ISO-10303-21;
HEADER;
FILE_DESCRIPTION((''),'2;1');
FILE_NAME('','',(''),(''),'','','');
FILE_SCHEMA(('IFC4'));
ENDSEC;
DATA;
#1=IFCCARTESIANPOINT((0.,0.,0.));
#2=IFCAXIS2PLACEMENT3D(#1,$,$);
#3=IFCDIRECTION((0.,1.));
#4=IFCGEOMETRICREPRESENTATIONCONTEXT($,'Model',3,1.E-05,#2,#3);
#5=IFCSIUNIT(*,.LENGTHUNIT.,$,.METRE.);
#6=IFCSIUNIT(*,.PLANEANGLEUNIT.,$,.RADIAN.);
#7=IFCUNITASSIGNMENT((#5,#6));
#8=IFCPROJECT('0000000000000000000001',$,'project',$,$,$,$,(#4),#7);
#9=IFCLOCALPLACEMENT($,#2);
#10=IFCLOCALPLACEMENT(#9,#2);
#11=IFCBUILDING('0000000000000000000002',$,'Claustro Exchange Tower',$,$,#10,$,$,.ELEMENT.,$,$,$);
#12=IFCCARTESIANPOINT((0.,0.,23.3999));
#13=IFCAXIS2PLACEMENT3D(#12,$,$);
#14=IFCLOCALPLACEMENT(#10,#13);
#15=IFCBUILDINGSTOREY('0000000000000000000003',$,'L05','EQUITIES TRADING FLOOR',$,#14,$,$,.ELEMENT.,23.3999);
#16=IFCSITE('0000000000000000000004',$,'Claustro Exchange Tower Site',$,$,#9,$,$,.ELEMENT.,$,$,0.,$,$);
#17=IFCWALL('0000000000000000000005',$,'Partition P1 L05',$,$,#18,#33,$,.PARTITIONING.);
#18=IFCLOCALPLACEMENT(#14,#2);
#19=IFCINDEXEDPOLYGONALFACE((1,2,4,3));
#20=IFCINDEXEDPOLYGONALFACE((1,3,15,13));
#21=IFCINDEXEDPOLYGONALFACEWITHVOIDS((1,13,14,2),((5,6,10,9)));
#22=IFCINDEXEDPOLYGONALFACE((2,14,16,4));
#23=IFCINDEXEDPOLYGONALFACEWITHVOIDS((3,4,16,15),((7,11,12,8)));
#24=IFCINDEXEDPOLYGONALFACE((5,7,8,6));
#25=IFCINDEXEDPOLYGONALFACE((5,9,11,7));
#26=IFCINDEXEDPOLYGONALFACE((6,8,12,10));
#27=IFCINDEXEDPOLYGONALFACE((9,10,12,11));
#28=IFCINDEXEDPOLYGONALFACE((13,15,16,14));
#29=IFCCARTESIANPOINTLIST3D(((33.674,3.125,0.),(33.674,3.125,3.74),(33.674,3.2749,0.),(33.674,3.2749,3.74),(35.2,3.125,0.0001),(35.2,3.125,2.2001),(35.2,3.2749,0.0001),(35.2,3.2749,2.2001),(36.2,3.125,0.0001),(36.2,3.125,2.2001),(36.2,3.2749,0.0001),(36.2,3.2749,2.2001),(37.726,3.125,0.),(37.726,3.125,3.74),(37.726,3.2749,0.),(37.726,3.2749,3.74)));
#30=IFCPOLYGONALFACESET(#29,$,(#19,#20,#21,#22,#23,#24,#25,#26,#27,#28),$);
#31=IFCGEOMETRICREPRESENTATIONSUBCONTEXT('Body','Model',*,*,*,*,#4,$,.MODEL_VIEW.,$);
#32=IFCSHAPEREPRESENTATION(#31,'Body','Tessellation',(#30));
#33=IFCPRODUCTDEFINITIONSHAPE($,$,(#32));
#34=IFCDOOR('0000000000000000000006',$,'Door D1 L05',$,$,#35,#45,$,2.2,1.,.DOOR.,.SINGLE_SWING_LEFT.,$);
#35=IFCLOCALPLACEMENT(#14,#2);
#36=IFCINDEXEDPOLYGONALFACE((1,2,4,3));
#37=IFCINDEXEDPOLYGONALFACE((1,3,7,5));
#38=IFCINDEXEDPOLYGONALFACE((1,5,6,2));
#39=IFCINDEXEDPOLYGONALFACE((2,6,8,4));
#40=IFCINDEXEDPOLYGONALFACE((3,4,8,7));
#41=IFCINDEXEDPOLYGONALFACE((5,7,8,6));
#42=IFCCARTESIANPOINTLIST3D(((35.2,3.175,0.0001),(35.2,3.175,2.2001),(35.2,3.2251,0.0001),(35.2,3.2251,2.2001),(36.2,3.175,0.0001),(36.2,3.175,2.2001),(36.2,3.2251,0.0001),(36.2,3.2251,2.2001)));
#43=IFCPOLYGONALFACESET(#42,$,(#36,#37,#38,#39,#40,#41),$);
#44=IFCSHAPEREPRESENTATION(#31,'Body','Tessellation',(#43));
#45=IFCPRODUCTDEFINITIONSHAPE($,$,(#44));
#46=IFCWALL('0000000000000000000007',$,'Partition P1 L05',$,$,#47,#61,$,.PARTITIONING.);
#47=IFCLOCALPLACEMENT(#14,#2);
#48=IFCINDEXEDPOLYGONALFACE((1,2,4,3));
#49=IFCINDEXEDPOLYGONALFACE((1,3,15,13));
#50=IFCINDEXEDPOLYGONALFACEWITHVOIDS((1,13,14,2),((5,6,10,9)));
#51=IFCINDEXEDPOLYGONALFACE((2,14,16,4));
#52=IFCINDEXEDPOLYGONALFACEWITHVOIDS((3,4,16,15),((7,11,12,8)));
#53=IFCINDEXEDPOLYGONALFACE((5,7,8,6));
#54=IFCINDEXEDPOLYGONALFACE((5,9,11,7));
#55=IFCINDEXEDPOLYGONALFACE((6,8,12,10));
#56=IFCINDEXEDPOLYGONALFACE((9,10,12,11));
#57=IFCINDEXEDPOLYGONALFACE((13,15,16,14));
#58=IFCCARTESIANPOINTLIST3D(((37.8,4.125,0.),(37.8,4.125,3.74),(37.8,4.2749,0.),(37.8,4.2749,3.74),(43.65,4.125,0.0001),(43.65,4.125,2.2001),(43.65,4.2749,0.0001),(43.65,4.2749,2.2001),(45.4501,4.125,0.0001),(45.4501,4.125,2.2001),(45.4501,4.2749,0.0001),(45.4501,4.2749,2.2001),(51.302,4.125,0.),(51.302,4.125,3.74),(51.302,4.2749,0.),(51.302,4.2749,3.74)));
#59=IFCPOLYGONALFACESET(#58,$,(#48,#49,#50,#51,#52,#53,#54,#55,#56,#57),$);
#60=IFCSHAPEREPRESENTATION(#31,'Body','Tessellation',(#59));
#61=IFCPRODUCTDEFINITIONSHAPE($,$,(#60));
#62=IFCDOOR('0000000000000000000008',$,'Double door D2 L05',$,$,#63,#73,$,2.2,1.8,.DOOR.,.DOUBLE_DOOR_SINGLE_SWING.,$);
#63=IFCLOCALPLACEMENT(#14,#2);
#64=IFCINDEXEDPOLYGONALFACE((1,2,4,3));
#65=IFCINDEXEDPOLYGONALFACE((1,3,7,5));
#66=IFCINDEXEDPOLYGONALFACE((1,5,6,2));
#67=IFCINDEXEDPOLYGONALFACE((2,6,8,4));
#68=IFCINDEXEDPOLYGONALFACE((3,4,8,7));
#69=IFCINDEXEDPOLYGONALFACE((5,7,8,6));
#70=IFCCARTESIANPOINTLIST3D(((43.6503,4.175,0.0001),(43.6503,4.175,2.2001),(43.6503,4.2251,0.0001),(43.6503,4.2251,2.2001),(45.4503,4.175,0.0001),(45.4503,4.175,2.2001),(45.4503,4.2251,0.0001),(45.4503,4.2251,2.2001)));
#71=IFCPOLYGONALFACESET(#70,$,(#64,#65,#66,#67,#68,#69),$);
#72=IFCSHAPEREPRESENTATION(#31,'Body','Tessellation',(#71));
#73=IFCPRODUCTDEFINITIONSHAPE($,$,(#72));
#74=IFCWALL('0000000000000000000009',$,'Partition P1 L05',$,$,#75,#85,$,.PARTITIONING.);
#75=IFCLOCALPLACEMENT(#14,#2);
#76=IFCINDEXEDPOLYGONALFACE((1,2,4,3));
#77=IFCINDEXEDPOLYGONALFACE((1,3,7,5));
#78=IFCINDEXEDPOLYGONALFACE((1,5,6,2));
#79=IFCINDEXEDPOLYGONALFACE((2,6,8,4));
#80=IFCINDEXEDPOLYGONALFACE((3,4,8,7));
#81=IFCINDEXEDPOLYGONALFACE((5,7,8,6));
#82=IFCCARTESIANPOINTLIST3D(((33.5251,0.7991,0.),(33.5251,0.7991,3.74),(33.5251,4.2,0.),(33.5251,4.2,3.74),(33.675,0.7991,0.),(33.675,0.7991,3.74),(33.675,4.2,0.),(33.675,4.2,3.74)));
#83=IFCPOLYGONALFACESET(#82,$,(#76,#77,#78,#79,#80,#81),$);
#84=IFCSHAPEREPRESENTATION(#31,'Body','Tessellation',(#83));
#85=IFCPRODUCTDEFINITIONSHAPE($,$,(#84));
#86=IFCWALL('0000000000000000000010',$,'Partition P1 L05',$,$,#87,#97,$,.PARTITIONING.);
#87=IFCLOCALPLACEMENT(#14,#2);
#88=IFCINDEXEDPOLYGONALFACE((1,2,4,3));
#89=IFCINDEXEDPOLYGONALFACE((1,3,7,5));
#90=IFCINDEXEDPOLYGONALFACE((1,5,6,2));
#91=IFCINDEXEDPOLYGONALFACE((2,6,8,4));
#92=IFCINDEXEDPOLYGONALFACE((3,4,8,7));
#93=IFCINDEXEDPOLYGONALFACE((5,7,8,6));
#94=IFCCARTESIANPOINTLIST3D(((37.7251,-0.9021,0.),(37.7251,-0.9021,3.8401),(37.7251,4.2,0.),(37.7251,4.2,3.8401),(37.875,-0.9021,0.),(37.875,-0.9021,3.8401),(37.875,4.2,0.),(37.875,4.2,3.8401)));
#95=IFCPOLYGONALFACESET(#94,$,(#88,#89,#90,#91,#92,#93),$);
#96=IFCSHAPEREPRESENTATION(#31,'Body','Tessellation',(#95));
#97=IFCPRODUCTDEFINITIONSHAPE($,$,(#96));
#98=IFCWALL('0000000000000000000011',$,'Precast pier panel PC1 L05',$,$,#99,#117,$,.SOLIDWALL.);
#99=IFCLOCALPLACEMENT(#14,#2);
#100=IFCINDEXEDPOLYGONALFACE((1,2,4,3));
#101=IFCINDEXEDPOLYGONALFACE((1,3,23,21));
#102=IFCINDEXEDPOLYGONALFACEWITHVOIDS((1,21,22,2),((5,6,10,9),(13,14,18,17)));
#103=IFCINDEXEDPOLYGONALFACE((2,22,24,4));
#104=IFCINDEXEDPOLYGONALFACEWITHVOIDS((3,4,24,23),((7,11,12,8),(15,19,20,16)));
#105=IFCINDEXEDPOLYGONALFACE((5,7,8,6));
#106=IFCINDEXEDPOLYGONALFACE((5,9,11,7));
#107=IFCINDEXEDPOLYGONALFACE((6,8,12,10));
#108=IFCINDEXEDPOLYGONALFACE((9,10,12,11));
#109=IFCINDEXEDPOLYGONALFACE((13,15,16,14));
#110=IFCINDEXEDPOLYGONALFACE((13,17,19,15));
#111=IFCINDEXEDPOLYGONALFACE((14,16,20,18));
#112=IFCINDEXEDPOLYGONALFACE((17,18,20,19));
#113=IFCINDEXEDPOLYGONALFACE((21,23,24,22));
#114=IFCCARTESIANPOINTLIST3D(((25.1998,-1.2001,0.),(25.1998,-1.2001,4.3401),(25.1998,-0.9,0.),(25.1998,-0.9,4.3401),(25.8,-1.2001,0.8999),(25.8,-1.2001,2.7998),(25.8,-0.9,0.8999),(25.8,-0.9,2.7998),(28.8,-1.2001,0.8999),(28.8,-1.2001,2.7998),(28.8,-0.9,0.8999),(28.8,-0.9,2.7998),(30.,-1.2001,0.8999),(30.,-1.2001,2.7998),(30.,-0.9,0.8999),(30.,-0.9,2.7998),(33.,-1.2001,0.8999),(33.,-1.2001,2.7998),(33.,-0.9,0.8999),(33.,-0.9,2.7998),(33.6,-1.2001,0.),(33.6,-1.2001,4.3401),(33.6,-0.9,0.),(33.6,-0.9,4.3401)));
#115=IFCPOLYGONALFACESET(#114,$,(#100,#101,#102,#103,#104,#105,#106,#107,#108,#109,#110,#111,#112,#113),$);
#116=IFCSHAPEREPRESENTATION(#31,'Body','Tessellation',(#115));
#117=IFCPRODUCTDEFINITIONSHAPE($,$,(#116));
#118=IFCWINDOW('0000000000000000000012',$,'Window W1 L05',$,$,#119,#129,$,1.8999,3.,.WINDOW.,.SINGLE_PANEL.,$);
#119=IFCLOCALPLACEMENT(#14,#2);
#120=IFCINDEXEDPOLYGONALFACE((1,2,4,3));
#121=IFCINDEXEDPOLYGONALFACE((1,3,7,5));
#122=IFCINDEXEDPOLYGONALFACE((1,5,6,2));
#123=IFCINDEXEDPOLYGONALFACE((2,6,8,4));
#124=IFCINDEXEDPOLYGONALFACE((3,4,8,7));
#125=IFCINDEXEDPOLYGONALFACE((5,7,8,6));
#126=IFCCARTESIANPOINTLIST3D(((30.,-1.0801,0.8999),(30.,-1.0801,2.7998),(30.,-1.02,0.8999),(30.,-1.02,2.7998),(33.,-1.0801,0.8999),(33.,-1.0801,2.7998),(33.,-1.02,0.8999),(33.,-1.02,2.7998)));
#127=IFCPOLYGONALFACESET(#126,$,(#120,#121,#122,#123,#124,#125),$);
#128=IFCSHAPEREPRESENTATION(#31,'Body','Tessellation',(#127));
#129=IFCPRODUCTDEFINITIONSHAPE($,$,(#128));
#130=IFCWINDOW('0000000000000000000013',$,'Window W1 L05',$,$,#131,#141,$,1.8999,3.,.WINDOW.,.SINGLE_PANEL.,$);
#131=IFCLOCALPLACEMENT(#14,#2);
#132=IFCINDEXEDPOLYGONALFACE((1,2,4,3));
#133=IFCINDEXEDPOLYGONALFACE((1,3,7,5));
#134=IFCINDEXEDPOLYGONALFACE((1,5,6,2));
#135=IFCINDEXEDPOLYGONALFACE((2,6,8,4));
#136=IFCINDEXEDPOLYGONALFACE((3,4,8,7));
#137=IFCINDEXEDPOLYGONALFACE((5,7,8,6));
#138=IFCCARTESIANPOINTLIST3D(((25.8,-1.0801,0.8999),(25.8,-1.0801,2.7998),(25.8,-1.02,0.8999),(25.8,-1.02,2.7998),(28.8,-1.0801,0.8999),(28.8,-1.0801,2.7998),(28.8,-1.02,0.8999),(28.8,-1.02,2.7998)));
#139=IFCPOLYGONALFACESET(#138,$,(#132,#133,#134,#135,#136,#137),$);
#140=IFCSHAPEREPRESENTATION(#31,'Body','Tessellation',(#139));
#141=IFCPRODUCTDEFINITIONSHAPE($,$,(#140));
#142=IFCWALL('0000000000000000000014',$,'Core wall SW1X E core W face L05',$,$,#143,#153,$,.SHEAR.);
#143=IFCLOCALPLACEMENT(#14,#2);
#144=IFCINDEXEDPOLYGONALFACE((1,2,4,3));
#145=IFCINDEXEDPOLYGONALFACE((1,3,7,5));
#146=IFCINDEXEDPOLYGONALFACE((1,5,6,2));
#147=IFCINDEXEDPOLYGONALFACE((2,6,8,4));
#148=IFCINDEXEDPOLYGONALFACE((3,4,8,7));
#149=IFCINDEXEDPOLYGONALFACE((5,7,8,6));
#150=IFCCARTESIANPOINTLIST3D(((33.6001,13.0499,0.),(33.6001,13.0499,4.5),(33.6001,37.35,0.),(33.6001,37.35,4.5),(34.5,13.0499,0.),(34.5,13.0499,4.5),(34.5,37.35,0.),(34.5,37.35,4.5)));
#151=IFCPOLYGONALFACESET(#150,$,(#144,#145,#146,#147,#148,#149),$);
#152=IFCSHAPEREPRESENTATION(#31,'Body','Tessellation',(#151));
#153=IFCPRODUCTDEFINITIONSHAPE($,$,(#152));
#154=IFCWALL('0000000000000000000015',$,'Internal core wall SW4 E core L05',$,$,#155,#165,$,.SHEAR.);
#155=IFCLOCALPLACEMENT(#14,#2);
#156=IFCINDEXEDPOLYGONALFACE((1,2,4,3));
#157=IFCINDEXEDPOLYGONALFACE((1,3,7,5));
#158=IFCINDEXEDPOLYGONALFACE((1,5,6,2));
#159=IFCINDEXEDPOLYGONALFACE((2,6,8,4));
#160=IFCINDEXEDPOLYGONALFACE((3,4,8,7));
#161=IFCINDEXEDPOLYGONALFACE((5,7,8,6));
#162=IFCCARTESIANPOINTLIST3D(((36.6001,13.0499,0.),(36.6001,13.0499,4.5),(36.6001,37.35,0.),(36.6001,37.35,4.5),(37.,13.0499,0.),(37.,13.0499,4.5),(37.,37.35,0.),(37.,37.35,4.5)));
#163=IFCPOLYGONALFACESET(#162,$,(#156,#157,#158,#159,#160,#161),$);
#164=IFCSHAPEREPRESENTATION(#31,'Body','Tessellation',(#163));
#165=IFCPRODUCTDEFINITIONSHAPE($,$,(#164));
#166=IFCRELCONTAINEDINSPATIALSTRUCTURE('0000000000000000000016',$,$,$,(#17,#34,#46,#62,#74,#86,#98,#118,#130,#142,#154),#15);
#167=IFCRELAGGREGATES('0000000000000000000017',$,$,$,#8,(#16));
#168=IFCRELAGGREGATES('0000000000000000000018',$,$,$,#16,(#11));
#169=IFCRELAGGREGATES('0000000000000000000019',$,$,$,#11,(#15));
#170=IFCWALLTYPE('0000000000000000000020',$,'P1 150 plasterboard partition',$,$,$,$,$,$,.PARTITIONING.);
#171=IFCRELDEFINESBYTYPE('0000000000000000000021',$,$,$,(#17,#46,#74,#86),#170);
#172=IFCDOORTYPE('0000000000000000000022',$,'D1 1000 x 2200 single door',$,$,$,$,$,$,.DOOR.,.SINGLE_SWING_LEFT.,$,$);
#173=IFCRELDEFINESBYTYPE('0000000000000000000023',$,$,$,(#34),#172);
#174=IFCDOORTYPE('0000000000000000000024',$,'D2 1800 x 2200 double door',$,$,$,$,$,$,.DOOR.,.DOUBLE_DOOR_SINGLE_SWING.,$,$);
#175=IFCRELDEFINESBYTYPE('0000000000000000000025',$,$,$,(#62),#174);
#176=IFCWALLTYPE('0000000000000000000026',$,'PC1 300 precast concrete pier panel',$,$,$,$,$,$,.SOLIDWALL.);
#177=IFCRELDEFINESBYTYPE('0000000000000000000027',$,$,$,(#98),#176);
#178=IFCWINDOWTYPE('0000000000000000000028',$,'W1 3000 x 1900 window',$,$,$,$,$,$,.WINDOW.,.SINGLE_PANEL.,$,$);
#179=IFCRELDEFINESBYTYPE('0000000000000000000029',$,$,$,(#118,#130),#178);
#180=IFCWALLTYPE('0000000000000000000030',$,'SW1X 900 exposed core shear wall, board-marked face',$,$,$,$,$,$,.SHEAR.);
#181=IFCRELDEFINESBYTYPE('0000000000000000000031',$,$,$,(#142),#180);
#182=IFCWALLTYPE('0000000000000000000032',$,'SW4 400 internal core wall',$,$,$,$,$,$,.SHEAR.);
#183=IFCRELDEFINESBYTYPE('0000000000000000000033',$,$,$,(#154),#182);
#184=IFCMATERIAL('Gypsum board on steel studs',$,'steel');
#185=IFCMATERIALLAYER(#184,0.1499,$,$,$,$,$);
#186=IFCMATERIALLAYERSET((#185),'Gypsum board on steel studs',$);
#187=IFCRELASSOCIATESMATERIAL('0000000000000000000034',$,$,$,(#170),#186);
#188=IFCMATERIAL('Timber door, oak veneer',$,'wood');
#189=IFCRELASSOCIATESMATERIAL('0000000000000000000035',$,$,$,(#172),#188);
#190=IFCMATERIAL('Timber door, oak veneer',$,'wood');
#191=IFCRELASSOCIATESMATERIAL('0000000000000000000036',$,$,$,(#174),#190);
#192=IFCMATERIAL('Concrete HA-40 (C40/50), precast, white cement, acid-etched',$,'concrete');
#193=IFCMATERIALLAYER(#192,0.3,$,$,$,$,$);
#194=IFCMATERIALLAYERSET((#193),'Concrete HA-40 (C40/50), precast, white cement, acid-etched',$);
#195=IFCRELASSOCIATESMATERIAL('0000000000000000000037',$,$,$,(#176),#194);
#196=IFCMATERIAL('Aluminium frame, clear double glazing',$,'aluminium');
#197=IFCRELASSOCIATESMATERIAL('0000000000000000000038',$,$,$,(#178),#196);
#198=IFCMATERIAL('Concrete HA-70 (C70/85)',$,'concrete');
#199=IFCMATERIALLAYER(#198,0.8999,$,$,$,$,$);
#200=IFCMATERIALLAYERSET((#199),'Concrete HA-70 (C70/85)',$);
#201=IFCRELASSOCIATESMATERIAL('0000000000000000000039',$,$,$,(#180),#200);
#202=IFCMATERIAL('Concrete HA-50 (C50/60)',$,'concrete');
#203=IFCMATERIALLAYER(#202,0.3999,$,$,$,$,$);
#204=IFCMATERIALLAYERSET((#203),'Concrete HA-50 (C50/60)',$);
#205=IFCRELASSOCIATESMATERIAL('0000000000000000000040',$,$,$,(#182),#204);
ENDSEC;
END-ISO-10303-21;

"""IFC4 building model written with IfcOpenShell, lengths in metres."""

from ifc_helpers import new_model, si_unit, direction, frame, frame_2d, origin, place, context, subcontext, project, spatial, rectangle, extrude, material, layer, layer_set, type_object, element, fill, save


model = new_model("IFC4")

# Units and contexts
model_context = context("Model", 3, precision=1e-05, world=origin(), true_north=direction((0.0, 1.0)))
body_context = subcontext(model_context, "Body", "Model", "MODEL_VIEW")
ifc_project = project(units=[si_unit("LENGTHUNIT", "METRE"), si_unit("PLANEANGLEUNIT", "RADIAN")], contexts=[model_context])

# Site, building, storey
site_placement = place(None, origin())
site = spatial("IfcSite", under=ifc_project, at=site_placement, Name="Claustro Exchange Tower Site", CompositionType="ELEMENT", RefElevation=0.0)
building_placement = place(site_placement, origin())
building = spatial("IfcBuilding", under=site, at=building_placement, Name="Claustro Exchange Tower", CompositionType="ELEMENT")
storey_placement = place(building_placement, frame((0.0, 0.0, 23.3999)))
storey = spatial("IfcBuildingStorey", under=building, at=storey_placement, Name="L05", Description="EQUITIES TRADING FLOOR", CompositionType="ELEMENT", Elevation=23.3999)

# Walls, openings, doors
ifc_material_1 = material(Name="Gypsum board on steel studs", Category="steel")
ifc_layer_1 = layer(ifc_material_1, 0.1499)
ifc_layer_set_1 = layer_set([ifc_layer_1], Name="Gypsum board on steel studs")
wall_type_1 = type_object("IfcWallType", Name="P1 150 plasterboard partition", PredefinedType="PARTITIONING", material=ifc_layer_set_1)
wall_1_placement = place(storey_placement, frame((33.6741, 3.2, 0.0), z_axis=(0.0, 0.0, 1.0), x_axis=(1.0, 0.0, 0.0)))
wall_1 = element("IfcWall", 1, at=wall_1_placement, inside=storey, type_object=wall_type_1, Name="Partition P1 L05", PredefinedType="PARTITIONING", context=body_context, shape_type="SweptSolid", body=[
    extrude(rectangle(XDim=4.052, YDim=0.1499, at=frame_2d((2.0259, 0.0))), origin(), (0.0, 0.0, 1.0), 3.74),
])
opening_1_placement = place(wall_1_placement, frame((1.5259, 0.0, 0.0)))
opening_1 = element("IfcOpeningElement", 2, at=opening_1_placement, cuts=wall_1, PredefinedType="OPENING", context=body_context, shape_type="SweptSolid", body=[
    extrude(rectangle(XDim=1.0, YDim=2.2, at=frame_2d((0.5, 1.1001))), frame((0.0, 0.085, 0.0), z_axis=(0.0, -1.0, 0.0), x_axis=(1.0, 0.0, 0.0)), (0.0, 0.0, 1.0), 0.1699),
])
ifc_material_2 = material(Name="Timber door, oak veneer", Category="wood")
door_type_1 = type_object("IfcDoorType", Name="D1 1000 x 2200 single door", OperationType="SINGLE_SWING_LEFT", PredefinedType="DOOR", material=ifc_material_2)
door_1_placement = place(opening_1_placement, frame((1.0, 0.0, 0.0), z_axis=(0.0, 0.0, 1.0), x_axis=(-1.0, 0.0, 0.0)))
door_1 = element("IfcDoor", 3, at=door_1_placement, inside=storey, type_object=door_type_1, Name="Door D1 L05", OperationType="SINGLE_SWING_LEFT", OverallHeight=2.2, OverallWidth=1.0, PredefinedType="DOOR", context=body_context, shape_type="SweptSolid", body=[
    extrude(rectangle(XDim=1.0, YDim=2.2, at=frame_2d((0.5, 1.1001))), frame((0.0, 0.0249, 0.0), z_axis=(0.0, -1.0, 0.0), x_axis=(1.0, 0.0, 0.0)), (0.0, 0.0, 1.0), 0.05),
])
fill(opening_1, door_1)
wall_2_placement = place(storey_placement, frame((37.8, 4.2, 0.0), z_axis=(0.0, 0.0, 1.0), x_axis=(1.0, 0.0, 0.0)))
wall_2 = element("IfcWall", 4, at=wall_2_placement, inside=storey, type_object=wall_type_1, Name="Partition P1 L05", PredefinedType="PARTITIONING", context=body_context, shape_type="SweptSolid", body=[
    extrude(rectangle(XDim=13.502, YDim=0.1499, at=frame_2d((6.751, 0.0))), origin(), (0.0, 0.0, 1.0), 3.74),
])
opening_2_placement = place(wall_2_placement, frame((5.8501, 0.0, 0.0)))
opening_2 = element("IfcOpeningElement", 5, at=opening_2_placement, cuts=wall_2, PredefinedType="OPENING", context=body_context, shape_type="SweptSolid", body=[
    extrude(rectangle(XDim=1.8, YDim=2.2, at=frame_2d((0.8999, 1.1001))), frame((0.0, 0.085, 0.0), z_axis=(0.0, -1.0, 0.0), x_axis=(1.0, 0.0, 0.0)), (0.0, 0.0, 1.0), 0.1699),
])
ifc_material_3 = material(Name="Timber door, oak veneer", Category="wood")
door_type_2 = type_object("IfcDoorType", Name="D2 1800 x 2200 double door", OperationType="DOUBLE_DOOR_SINGLE_SWING", PredefinedType="DOOR", material=ifc_material_3)
door_2_placement = place(opening_2_placement, frame((1.8, 0.0, 0.0), z_axis=(0.0, 0.0, 1.0), x_axis=(-1.0, 0.0, 0.0)))
door_2 = element("IfcDoor", 6, at=door_2_placement, inside=storey, type_object=door_type_2, Name="Double door D2 L05", OperationType="DOUBLE_DOOR_SINGLE_SWING", OverallHeight=2.2, OverallWidth=1.8, PredefinedType="DOOR", context=body_context, shape_type="SweptSolid", body=[
    extrude(rectangle(XDim=1.8, YDim=2.2, at=frame_2d((0.8999, 1.1001))), frame((0.0, 0.0249, 0.0), z_axis=(0.0, -1.0, 0.0), x_axis=(1.0, 0.0, 0.0)), (0.0, 0.0, 1.0), 0.05),
])
fill(opening_2, door_2)

# Walls
wall_3_placement = place(storey_placement, frame((33.6001, 0.7991, 0.0), z_axis=(0.0, 0.0, 1.0), x_axis=(0.0, 1.0, 0.0)))
element("IfcWall", 7, at=wall_3_placement, inside=storey, type_object=wall_type_1, Name="Partition P1 L05", PredefinedType="PARTITIONING", context=body_context, shape_type="SweptSolid", body=[
    extrude(rectangle(XDim=3.4009, YDim=0.1499, at=frame_2d((1.7004, 0.0))), origin(), (0.0, 0.0, 1.0), 3.74),
])
wall_4_placement = place(storey_placement, frame((37.8, -0.9021, 0.0), z_axis=(0.0, 0.0, 1.0), x_axis=(0.0, 1.0, 0.0)))
element("IfcWall", 8, at=wall_4_placement, inside=storey, type_object=wall_type_1, Name="Partition P1 L05", PredefinedType="PARTITIONING", context=body_context, shape_type="SweptSolid", body=[
    extrude(rectangle(XDim=5.1021, YDim=0.1499, at=frame_2d((2.551, 0.0))), origin(), (0.0, 0.0, 1.0), 3.8401),
])

# Wall, openings, windows
ifc_material_4 = material(Name="Concrete HA-40 (C40/50), precast, white cement, acid-etched", Category="concrete")
ifc_layer_2 = layer(ifc_material_4, 0.3)
ifc_layer_set_2 = layer_set([ifc_layer_2], Name="Concrete HA-40 (C40/50), precast, white cement, acid-etched")
wall_type_2 = type_object("IfcWallType", Name="PC1 300 precast concrete pier panel", PredefinedType="SOLIDWALL", material=ifc_layer_set_2)
wall_5_placement = place(storey_placement, frame((33.6001, -1.05, 0.0), z_axis=(0.0, 0.0, 1.0), x_axis=(-1.0, 0.0, 0.0)))
wall_5 = element("IfcWall", 9, at=wall_5_placement, inside=storey, type_object=wall_type_2, Name="Precast pier panel PC1 L05", PredefinedType="SOLIDWALL", context=body_context, shape_type="SweptSolid", body=[
    extrude(rectangle(XDim=8.4001, YDim=0.3, at=frame_2d((4.2002, 0.0))), origin(), (0.0, 0.0, 1.0), 4.3401),
])
opening_3_placement = place(wall_5_placement, frame((0.6001, 0.0, 0.8999)))
opening_3 = element("IfcOpeningElement", 10, at=opening_3_placement, cuts=wall_5, PredefinedType="OPENING", context=body_context, shape_type="SweptSolid", body=[
    extrude(rectangle(XDim=3.0, YDim=1.8999, at=frame_2d((1.5, 0.95))), frame((0.0, 0.1599, 0.0), z_axis=(0.0, -1.0, 0.0), x_axis=(1.0, 0.0, 0.0)), (0.0, 0.0, 1.0), 0.3201),
])
opening_4_placement = place(wall_5_placement, frame((4.8, 0.0, 0.8999)))
opening_4 = element("IfcOpeningElement", 11, at=opening_4_placement, cuts=wall_5, PredefinedType="OPENING", context=body_context, shape_type="SweptSolid", body=[
    extrude(rectangle(XDim=3.0, YDim=1.8999, at=frame_2d((1.5, 0.95))), frame((0.0, 0.1599, 0.0), z_axis=(0.0, -1.0, 0.0), x_axis=(1.0, 0.0, 0.0)), (0.0, 0.0, 1.0), 0.3201),
])
ifc_material_5 = material(Name="Aluminium frame, clear double glazing", Category="aluminium")
window_type = type_object("IfcWindowType", Name="W1 3000 x 1900 window", PartitioningType="SINGLE_PANEL", PredefinedType="WINDOW", material=ifc_material_5)
window_1_placement = place(opening_3_placement, origin())
window_1 = element("IfcWindow", 12, at=window_1_placement, inside=storey, type_object=window_type, Name="Window W1 L05", OverallHeight=1.8999, OverallWidth=3.0, PartitioningType="SINGLE_PANEL", PredefinedType="WINDOW", context=body_context, shape_type="SweptSolid", body=[
    extrude(rectangle(XDim=3.0, YDim=1.8999, at=frame_2d((1.5, 0.95))), frame((0.0, 0.03, 0.0), z_axis=(0.0, -1.0, 0.0), x_axis=(1.0, 0.0, 0.0)), (0.0, 0.0, 1.0), 0.0601),
])
fill(opening_3, window_1)
window_2_placement = place(opening_4_placement, origin())
window_2 = element("IfcWindow", 13, at=window_2_placement, inside=storey, type_object=window_type, Name="Window W1 L05", OverallHeight=1.8999, OverallWidth=3.0, PartitioningType="SINGLE_PANEL", PredefinedType="WINDOW", context=body_context, shape_type="SweptSolid", body=[
    extrude(rectangle(XDim=3.0, YDim=1.8999, at=frame_2d((1.5, 0.95))), frame((0.0, 0.03, 0.0), z_axis=(0.0, -1.0, 0.0), x_axis=(1.0, 0.0, 0.0)), (0.0, 0.0, 1.0), 0.0601),
])
fill(opening_4, window_2)

# Walls
ifc_material_6 = material(Name="Concrete HA-70 (C70/85)", Category="concrete")
ifc_layer_3 = layer(ifc_material_6, 0.8999)
ifc_layer_set_3 = layer_set([ifc_layer_3], Name="Concrete HA-70 (C70/85)")
wall_type_3 = type_object("IfcWallType", Name="SW1X 900 exposed core shear wall, board-marked face", PredefinedType="SHEAR", material=ifc_layer_set_3)
wall_6_placement = place(storey_placement, frame((34.05, 13.05, 0.0), z_axis=(0.0, 0.0, 1.0), x_axis=(0.0, 1.0, 0.0)))
element("IfcWall", 14, at=wall_6_placement, inside=storey, type_object=wall_type_3, Name="Core wall SW1X E core W face L05", PredefinedType="SHEAR", context=body_context, shape_type="SweptSolid", body=[
    extrude(rectangle(XDim=24.3, YDim=0.8999, at=frame_2d((12.1499, 0.0))), origin(), (0.0, 0.0, 1.0), 4.5),
])
ifc_material_7 = material(Name="Concrete HA-50 (C50/60)", Category="concrete")
ifc_layer_4 = layer(ifc_material_7, 0.3999)
ifc_layer_set_4 = layer_set([ifc_layer_4], Name="Concrete HA-50 (C50/60)")
wall_type_4 = type_object("IfcWallType", Name="SW4 400 internal core wall", PredefinedType="SHEAR", material=ifc_layer_set_4)
wall_7_placement = place(storey_placement, frame((36.8, 13.05, 0.0), z_axis=(0.0, 0.0, 1.0), x_axis=(0.0, 1.0, 0.0)))
element("IfcWall", 15, at=wall_7_placement, inside=storey, type_object=wall_type_4, Name="Internal core wall SW4 E core L05", PredefinedType="SHEAR", context=body_context, shape_type="SweptSolid", body=[
    extrude(rectangle(XDim=24.3, YDim=0.3999, at=frame_2d((12.1499, 0.0))), origin(), (0.0, 0.0, 1.0), 4.5),
])

save(model, "model.ifc")
